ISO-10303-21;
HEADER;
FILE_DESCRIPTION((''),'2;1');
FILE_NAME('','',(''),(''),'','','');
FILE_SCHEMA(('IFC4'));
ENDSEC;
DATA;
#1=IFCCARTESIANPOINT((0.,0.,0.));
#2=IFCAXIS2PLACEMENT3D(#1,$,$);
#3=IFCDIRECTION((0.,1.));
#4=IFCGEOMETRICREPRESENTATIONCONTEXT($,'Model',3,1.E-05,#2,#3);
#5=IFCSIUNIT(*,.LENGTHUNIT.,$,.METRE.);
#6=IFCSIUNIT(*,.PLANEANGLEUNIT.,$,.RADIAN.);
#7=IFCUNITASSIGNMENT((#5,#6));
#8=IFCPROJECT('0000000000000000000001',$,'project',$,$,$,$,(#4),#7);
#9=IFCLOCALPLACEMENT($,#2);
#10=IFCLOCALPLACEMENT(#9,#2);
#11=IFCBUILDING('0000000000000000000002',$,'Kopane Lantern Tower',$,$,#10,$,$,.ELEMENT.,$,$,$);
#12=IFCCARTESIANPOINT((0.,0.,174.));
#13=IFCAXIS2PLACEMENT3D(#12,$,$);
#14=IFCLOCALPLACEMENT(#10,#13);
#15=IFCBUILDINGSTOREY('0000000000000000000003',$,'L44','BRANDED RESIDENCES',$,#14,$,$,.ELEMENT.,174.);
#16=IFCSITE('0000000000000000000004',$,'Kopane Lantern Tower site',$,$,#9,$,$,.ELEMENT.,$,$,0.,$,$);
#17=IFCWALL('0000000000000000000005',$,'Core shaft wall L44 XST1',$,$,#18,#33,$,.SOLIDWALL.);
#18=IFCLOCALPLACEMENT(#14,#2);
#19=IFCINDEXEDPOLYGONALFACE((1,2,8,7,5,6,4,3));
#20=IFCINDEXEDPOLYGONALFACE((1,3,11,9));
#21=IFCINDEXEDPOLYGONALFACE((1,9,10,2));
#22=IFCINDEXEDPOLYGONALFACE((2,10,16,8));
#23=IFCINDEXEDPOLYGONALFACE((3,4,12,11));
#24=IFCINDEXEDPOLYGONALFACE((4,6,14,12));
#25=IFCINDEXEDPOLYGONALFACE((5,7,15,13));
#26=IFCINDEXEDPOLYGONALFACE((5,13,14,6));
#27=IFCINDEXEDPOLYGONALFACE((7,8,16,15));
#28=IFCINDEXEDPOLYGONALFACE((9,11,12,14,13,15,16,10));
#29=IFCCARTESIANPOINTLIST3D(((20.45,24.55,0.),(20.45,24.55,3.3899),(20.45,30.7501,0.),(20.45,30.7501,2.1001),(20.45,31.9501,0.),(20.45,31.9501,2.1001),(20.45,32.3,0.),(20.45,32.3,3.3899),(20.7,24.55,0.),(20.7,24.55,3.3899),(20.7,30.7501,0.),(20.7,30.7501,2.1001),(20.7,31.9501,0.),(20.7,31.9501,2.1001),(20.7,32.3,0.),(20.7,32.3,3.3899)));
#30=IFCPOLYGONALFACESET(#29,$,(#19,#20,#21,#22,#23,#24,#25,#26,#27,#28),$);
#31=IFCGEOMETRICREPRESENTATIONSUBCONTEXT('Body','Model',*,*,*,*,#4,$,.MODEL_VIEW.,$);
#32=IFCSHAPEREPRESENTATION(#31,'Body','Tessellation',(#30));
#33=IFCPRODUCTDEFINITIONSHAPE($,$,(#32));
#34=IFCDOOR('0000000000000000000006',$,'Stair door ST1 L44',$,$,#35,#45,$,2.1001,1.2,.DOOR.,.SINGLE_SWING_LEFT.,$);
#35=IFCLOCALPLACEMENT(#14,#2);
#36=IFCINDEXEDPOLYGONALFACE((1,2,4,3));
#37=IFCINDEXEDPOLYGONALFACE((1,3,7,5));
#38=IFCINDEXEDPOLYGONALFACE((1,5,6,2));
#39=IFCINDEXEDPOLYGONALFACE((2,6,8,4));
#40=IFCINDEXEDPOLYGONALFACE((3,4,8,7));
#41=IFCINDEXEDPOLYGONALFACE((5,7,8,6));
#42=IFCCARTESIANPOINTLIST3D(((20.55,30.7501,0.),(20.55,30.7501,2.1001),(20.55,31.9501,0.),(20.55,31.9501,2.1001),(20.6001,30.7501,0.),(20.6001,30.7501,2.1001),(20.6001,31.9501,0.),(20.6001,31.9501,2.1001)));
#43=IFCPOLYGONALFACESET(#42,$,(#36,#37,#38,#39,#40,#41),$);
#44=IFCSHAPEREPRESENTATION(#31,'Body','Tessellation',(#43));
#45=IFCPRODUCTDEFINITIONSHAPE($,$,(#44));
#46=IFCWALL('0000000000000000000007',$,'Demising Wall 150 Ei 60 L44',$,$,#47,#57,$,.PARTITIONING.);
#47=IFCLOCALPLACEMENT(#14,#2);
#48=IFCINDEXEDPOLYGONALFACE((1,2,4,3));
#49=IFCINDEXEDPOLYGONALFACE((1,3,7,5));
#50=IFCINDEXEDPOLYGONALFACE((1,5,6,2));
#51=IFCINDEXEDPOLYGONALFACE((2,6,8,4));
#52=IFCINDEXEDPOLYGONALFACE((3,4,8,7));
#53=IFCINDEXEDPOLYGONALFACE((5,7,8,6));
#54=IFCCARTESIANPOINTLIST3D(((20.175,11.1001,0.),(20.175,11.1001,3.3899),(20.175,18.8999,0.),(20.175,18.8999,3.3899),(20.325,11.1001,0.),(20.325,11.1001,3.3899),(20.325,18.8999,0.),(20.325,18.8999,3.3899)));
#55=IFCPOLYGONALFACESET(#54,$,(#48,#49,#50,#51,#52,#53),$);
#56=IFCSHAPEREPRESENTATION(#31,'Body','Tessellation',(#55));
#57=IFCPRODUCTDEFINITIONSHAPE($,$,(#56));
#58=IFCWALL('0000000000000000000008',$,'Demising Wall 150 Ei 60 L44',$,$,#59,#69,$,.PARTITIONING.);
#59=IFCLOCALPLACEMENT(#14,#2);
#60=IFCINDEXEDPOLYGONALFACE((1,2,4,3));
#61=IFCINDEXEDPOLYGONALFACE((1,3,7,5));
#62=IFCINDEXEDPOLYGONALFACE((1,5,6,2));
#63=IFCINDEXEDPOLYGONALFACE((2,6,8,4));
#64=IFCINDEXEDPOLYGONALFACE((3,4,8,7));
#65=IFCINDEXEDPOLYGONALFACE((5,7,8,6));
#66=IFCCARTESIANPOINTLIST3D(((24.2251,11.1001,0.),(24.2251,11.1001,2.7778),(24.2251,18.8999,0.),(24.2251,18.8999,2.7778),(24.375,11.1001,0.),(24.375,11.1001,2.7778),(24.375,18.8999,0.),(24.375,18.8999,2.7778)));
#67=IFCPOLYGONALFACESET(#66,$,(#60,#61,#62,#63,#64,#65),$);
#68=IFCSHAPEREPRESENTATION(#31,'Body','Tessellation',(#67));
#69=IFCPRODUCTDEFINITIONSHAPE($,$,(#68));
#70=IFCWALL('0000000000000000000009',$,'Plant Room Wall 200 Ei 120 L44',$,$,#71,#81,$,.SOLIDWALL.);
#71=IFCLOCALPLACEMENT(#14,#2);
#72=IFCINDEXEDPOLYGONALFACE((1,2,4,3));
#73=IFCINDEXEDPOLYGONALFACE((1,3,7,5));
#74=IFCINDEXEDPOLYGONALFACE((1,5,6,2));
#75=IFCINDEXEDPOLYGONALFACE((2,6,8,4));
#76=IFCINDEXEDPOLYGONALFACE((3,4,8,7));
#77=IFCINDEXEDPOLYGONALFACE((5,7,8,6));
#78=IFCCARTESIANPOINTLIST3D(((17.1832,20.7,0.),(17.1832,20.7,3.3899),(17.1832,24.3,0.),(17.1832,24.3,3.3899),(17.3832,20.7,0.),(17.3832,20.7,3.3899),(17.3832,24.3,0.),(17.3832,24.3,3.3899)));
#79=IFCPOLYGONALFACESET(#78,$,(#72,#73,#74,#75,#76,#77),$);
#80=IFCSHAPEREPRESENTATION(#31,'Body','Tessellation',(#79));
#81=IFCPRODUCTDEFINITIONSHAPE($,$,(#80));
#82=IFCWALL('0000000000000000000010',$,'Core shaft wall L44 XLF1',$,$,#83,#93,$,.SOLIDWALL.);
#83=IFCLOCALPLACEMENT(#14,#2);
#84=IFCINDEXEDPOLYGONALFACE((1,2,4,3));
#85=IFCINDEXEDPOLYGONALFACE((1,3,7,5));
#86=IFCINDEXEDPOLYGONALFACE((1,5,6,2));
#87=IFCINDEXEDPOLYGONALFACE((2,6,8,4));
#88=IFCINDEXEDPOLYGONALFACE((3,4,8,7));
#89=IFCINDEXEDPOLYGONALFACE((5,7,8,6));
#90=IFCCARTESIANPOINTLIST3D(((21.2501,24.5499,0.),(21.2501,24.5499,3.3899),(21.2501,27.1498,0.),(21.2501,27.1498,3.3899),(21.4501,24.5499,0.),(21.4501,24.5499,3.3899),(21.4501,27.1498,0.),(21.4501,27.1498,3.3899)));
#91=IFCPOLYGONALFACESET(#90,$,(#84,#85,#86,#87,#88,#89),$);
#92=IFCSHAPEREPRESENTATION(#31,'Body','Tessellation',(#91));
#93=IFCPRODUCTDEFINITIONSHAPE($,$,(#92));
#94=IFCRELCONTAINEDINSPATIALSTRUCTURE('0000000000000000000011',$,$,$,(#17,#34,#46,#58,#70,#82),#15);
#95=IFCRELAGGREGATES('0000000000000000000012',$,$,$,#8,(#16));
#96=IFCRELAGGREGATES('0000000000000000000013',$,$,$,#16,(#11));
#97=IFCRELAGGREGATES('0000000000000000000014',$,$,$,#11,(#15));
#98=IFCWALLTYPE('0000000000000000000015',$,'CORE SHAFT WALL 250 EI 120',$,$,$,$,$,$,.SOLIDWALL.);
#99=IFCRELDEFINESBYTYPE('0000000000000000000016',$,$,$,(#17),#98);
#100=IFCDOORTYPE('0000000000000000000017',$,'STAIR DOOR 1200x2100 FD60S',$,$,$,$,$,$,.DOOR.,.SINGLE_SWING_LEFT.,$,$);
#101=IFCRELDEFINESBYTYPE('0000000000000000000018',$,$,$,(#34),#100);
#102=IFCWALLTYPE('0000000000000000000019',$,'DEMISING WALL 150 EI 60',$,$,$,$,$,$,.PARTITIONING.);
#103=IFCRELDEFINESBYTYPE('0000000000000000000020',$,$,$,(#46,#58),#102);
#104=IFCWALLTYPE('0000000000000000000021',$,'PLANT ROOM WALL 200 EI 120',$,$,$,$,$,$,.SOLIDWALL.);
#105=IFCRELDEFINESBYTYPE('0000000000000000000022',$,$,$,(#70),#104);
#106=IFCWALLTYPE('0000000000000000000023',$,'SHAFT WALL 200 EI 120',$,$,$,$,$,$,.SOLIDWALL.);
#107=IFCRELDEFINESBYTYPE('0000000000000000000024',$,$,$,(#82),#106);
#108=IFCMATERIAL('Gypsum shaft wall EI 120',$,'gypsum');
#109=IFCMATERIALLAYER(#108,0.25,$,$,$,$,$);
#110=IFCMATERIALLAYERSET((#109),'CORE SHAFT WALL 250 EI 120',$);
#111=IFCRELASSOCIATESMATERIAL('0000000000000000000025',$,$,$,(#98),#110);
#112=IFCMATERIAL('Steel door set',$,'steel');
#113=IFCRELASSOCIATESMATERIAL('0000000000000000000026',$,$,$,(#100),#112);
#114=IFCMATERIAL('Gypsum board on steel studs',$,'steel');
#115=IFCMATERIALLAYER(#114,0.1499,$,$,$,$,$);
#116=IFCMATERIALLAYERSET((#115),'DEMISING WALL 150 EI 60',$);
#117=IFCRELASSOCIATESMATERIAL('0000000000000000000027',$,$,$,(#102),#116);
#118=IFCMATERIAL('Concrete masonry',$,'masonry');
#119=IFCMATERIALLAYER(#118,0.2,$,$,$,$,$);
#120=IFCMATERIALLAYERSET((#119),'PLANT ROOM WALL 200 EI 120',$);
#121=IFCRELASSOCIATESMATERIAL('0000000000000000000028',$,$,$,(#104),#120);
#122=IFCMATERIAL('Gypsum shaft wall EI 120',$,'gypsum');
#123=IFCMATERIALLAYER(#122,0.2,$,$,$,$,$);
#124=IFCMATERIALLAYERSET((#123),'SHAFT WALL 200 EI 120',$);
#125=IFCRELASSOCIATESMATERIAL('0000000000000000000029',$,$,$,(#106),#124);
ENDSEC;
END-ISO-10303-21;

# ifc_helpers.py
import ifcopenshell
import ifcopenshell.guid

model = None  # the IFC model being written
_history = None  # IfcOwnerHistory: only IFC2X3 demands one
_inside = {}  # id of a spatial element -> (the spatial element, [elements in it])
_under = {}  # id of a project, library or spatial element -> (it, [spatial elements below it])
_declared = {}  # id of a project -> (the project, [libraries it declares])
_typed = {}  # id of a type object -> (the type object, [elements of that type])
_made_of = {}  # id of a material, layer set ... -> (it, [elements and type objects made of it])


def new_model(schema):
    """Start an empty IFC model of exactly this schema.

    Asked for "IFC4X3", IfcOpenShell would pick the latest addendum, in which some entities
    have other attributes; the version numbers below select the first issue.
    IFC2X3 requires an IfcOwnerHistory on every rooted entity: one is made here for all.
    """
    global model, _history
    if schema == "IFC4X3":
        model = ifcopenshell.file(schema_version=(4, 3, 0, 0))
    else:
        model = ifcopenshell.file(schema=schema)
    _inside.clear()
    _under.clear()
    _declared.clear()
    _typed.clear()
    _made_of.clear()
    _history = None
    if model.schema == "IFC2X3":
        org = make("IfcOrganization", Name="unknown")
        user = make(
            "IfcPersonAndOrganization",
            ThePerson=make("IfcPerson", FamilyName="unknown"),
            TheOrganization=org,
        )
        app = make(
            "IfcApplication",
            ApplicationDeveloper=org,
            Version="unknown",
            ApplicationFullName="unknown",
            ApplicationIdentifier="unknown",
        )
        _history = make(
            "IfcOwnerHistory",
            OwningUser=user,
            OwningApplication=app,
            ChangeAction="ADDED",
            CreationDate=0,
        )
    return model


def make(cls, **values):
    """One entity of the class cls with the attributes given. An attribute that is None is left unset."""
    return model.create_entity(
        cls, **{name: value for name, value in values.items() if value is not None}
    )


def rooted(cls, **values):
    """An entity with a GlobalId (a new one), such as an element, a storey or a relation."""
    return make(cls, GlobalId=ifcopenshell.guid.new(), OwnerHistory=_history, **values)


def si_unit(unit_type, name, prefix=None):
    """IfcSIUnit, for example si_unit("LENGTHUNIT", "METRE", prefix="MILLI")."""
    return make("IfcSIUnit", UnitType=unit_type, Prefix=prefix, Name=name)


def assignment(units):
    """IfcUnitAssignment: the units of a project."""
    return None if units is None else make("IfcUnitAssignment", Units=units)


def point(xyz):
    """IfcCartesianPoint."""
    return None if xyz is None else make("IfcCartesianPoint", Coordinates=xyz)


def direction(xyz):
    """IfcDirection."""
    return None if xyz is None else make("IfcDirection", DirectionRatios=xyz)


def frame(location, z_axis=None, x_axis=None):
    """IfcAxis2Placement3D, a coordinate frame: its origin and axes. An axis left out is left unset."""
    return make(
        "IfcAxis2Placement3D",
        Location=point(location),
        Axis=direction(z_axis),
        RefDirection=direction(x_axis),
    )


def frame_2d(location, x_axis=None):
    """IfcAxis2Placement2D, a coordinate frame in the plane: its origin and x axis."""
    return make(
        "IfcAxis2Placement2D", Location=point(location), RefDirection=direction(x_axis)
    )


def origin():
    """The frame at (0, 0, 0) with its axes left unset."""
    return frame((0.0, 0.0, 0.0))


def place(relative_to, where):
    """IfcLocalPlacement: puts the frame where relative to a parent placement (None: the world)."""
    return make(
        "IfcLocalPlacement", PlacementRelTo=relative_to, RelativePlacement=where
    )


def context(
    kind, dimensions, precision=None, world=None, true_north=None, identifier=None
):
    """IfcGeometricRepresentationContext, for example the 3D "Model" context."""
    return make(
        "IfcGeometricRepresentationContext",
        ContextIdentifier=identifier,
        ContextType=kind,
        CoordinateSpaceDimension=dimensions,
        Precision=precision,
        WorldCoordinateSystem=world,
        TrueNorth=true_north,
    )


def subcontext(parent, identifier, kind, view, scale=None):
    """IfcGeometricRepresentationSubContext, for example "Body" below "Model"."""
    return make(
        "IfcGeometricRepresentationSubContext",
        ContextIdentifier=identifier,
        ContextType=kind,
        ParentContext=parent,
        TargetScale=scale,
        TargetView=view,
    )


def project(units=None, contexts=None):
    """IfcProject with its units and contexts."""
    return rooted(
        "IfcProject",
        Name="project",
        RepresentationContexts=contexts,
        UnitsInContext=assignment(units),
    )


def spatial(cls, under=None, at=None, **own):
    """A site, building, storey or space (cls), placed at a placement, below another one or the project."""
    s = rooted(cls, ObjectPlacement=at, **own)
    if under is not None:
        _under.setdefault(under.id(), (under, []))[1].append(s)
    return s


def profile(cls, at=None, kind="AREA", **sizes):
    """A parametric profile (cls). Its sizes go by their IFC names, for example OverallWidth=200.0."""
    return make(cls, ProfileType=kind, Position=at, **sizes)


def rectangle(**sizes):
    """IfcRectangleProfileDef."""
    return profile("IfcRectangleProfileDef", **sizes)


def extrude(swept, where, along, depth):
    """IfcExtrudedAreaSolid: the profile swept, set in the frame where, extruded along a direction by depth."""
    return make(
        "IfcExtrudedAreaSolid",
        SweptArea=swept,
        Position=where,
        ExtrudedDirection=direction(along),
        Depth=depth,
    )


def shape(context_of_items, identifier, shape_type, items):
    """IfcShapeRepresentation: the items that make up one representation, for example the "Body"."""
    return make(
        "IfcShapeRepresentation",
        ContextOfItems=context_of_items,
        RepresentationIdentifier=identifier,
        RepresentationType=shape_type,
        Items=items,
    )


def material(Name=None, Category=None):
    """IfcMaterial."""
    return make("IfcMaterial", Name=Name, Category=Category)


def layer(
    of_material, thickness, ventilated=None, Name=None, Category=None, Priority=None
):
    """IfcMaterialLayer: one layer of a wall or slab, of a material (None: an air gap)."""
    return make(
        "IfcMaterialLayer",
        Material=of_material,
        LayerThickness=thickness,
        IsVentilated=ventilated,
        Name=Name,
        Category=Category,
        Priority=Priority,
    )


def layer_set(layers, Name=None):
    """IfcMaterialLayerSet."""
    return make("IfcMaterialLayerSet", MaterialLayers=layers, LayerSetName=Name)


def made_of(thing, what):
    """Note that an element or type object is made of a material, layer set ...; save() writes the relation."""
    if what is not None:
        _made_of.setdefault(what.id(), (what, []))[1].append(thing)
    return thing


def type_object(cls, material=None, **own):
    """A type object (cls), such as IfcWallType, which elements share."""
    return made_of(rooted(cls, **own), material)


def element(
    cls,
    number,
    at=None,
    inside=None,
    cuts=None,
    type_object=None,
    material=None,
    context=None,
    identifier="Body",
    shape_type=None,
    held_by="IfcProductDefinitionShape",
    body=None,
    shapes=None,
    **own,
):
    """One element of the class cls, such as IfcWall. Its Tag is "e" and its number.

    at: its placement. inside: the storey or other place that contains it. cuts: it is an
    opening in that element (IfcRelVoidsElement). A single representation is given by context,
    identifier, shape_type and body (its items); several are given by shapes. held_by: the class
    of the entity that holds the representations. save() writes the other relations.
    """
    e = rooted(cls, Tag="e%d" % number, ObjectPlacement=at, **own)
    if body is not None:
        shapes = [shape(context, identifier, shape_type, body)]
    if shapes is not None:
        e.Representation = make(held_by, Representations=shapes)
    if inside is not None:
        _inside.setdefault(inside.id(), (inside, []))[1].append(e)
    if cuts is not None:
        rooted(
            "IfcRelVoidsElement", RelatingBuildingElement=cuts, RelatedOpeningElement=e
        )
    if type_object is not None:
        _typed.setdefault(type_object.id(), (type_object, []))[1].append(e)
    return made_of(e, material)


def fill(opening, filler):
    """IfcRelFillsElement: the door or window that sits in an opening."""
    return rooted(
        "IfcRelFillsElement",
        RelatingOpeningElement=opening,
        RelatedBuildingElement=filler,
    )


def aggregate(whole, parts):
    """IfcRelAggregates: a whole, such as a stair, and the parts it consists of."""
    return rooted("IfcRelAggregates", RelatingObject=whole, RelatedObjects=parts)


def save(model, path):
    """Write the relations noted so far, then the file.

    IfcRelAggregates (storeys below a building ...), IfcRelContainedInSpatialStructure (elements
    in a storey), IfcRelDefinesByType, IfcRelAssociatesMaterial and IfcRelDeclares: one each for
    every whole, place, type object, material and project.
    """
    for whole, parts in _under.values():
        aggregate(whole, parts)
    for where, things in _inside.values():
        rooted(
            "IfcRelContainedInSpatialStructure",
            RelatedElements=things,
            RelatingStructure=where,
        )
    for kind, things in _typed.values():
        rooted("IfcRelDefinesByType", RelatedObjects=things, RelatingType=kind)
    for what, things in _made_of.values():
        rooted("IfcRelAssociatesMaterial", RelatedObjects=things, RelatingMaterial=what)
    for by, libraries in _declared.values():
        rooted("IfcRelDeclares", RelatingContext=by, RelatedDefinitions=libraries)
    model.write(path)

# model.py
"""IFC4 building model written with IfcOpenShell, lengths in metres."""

from ifc_helpers import new_model, si_unit, direction, frame, frame_2d, origin, place, context, subcontext, project, spatial, rectangle, extrude, material, layer, layer_set, type_object, element, fill, save


model = new_model("IFC4")

# Units and contexts
model_context = context("Model", 3, precision=1e-05, world=origin(), true_north=direction((0.0, 1.0)))
body_context = subcontext(model_context, "Body", "Model", "MODEL_VIEW")
ifc_project = project(units=[si_unit("LENGTHUNIT", "METRE"), si_unit("PLANEANGLEUNIT", "RADIAN")], contexts=[model_context])

# Site, building, storey
site_placement = place(None, origin())
site = spatial("IfcSite", under=ifc_project, at=site_placement, Name="Kopane Lantern Tower site", CompositionType="ELEMENT", RefElevation=0.0)
building_placement = place(site_placement, origin())
building = spatial("IfcBuilding", under=site, at=building_placement, Name="Kopane Lantern Tower", CompositionType="ELEMENT")
storey_placement = place(building_placement, frame((0.0, 0.0, 174.0)))
storey = spatial("IfcBuildingStorey", under=building, at=storey_placement, Name="L44", Description="BRANDED RESIDENCES", CompositionType="ELEMENT", Elevation=174.0)

# Wall, opening, door
ifc_material_1 = material(Name="Gypsum shaft wall EI 120", Category="gypsum")
ifc_layer_1 = layer(ifc_material_1, 0.25)
ifc_layer_set_1 = layer_set([ifc_layer_1], Name="CORE SHAFT WALL 250 EI 120")
wall_type_1 = type_object("IfcWallType", Name="CORE SHAFT WALL 250 EI 120", PredefinedType="SOLIDWALL", material=ifc_layer_set_1)
wall_1_placement = place(storey_placement, frame((20.575, 24.55, 0.0), z_axis=(0.0, 0.0, 1.0), x_axis=(0.0, 1.0, 0.0)))
wall_1 = element("IfcWall", 1, at=wall_1_placement, inside=storey, type_object=wall_type_1, Name="Core shaft wall L44 XST1", PredefinedType="SOLIDWALL", context=body_context, shape_type="SweptSolid", body=[
    extrude(rectangle(XDim=7.75, YDim=0.25, at=frame_2d((3.875, 0.0))), origin(), (0.0, 0.0, 1.0), 3.3899),
])
opening_1_placement = place(wall_1_placement, frame((6.2, 0.0, 0.0)))
opening_1 = element("IfcOpeningElement", 2, at=opening_1_placement, cuts=wall_1, PredefinedType="OPENING", context=body_context, shape_type="SweptSolid", body=[
    extrude(rectangle(XDim=1.2, YDim=2.1001, at=frame_2d((0.6001, 1.05))), frame((0.0, 0.135, 0.0), z_axis=(0.0, -1.0, 0.0), x_axis=(1.0, 0.0, 0.0)), (0.0, 0.0, 1.0), 0.27),
])
ifc_material_2 = material(Name="Steel door set", Category="steel")
door_type_1 = type_object("IfcDoorType", Name="STAIR DOOR 1200x2100 FD60S", OperationType="SINGLE_SWING_LEFT", PredefinedType="DOOR", material=ifc_material_2)
door_1_placement = place(opening_1_placement, origin())
door_1 = element("IfcDoor", 3, at=door_1_placement, inside=storey, type_object=door_type_1, Name="Stair door ST1 L44", OperationType="SINGLE_SWING_LEFT", OverallHeight=2.1001, OverallWidth=1.2, PredefinedType="DOOR", context=body_context, shape_type="SweptSolid", body=[
    extrude(rectangle(XDim=1.2, YDim=2.1001, at=frame_2d((0.6001, 1.05))), frame((0.0, 0.0249, 0.0), z_axis=(0.0, -1.0, 0.0), x_axis=(1.0, 0.0, 0.0)), (0.0, 0.0, 1.0), 0.05),
])
fill(opening_1, door_1)

# Walls
ifc_material_3 = material(Name="Gypsum board on steel studs", Category="steel")
ifc_layer_2 = layer(ifc_material_3, 0.1499)
ifc_layer_set_2 = layer_set([ifc_layer_2], Name="DEMISING WALL 150 EI 60")
wall_type_2 = type_object("IfcWallType", Name="DEMISING WALL 150 EI 60", PredefinedType="PARTITIONING", material=ifc_layer_set_2)
wall_2_placement = place(storey_placement, frame((20.25, 18.8999, 0.0), z_axis=(0.0, 0.0, 1.0), x_axis=(0.0, -1.0, 0.0)))
element("IfcWall", 4, at=wall_2_placement, inside=storey, type_object=wall_type_2, Name="Demising Wall 150 Ei 60 L44", PredefinedType="PARTITIONING", context=body_context, shape_type="SweptSolid", body=[
    extrude(rectangle(XDim=7.7998, YDim=0.1499, at=frame_2d((3.8999, 0.0))), origin(), (0.0, 0.0, 1.0), 3.3899),
])
wall_3_placement = place(storey_placement, frame((24.3, 18.8999, 0.0), z_axis=(0.0, 0.0, 1.0), x_axis=(0.0, -1.0, 0.0)))
element("IfcWall", 5, at=wall_3_placement, inside=storey, type_object=wall_type_2, Name="Demising Wall 150 Ei 60 L44", PredefinedType="PARTITIONING", context=body_context, shape_type="SweptSolid", body=[
    extrude(rectangle(XDim=7.7998, YDim=0.1499, at=frame_2d((3.8999, 0.0))), origin(), (0.0, 0.0, 1.0), 2.7778),
])
ifc_material_4 = material(Name="Concrete masonry", Category="masonry")
ifc_layer_3 = layer(ifc_material_4, 0.2)
ifc_layer_set_3 = layer_set([ifc_layer_3], Name="PLANT ROOM WALL 200 EI 120")
wall_type_3 = type_object("IfcWallType", Name="PLANT ROOM WALL 200 EI 120", PredefinedType="SOLIDWALL", material=ifc_layer_set_3)
wall_4_placement = place(storey_placement, frame((17.2832, 20.7, 0.0), z_axis=(0.0, 0.0, 1.0), x_axis=(0.0, 1.0, 0.0)))
element("IfcWall", 6, at=wall_4_placement, inside=storey, type_object=wall_type_3, Name="Plant Room Wall 200 Ei 120 L44", PredefinedType="SOLIDWALL", context=body_context, shape_type="SweptSolid", body=[
    extrude(rectangle(XDim=3.6001, YDim=0.2, at=frame_2d((1.8, 0.0))), origin(), (0.0, 0.0, 1.0), 3.3899),
])
ifc_material_5 = material(Name="Gypsum shaft wall EI 120", Category="gypsum")
ifc_layer_4 = layer(ifc_material_5, 0.2)
ifc_layer_set_4 = layer_set([ifc_layer_4], Name="SHAFT WALL 200 EI 120")
wall_type_4 = type_object("IfcWallType", Name="SHAFT WALL 200 EI 120", PredefinedType="SOLIDWALL", material=ifc_layer_set_4)
wall_5_placement = place(storey_placement, frame((21.3501, 24.55, 0.0), z_axis=(0.0, 0.0, 1.0), x_axis=(0.0, 1.0, 0.0)))
element("IfcWall", 7, at=wall_5_placement, inside=storey, type_object=wall_type_4, Name="Core shaft wall L44 XLF1", PredefinedType="SOLIDWALL", context=body_context, shape_type="SweptSolid", body=[
    extrude(rectangle(XDim=2.5999, YDim=0.2, at=frame_2d((1.2998, 0.0))), origin(), (0.0, 0.0, 1.0), 3.3899),
])

save(model, "model.ifc")
